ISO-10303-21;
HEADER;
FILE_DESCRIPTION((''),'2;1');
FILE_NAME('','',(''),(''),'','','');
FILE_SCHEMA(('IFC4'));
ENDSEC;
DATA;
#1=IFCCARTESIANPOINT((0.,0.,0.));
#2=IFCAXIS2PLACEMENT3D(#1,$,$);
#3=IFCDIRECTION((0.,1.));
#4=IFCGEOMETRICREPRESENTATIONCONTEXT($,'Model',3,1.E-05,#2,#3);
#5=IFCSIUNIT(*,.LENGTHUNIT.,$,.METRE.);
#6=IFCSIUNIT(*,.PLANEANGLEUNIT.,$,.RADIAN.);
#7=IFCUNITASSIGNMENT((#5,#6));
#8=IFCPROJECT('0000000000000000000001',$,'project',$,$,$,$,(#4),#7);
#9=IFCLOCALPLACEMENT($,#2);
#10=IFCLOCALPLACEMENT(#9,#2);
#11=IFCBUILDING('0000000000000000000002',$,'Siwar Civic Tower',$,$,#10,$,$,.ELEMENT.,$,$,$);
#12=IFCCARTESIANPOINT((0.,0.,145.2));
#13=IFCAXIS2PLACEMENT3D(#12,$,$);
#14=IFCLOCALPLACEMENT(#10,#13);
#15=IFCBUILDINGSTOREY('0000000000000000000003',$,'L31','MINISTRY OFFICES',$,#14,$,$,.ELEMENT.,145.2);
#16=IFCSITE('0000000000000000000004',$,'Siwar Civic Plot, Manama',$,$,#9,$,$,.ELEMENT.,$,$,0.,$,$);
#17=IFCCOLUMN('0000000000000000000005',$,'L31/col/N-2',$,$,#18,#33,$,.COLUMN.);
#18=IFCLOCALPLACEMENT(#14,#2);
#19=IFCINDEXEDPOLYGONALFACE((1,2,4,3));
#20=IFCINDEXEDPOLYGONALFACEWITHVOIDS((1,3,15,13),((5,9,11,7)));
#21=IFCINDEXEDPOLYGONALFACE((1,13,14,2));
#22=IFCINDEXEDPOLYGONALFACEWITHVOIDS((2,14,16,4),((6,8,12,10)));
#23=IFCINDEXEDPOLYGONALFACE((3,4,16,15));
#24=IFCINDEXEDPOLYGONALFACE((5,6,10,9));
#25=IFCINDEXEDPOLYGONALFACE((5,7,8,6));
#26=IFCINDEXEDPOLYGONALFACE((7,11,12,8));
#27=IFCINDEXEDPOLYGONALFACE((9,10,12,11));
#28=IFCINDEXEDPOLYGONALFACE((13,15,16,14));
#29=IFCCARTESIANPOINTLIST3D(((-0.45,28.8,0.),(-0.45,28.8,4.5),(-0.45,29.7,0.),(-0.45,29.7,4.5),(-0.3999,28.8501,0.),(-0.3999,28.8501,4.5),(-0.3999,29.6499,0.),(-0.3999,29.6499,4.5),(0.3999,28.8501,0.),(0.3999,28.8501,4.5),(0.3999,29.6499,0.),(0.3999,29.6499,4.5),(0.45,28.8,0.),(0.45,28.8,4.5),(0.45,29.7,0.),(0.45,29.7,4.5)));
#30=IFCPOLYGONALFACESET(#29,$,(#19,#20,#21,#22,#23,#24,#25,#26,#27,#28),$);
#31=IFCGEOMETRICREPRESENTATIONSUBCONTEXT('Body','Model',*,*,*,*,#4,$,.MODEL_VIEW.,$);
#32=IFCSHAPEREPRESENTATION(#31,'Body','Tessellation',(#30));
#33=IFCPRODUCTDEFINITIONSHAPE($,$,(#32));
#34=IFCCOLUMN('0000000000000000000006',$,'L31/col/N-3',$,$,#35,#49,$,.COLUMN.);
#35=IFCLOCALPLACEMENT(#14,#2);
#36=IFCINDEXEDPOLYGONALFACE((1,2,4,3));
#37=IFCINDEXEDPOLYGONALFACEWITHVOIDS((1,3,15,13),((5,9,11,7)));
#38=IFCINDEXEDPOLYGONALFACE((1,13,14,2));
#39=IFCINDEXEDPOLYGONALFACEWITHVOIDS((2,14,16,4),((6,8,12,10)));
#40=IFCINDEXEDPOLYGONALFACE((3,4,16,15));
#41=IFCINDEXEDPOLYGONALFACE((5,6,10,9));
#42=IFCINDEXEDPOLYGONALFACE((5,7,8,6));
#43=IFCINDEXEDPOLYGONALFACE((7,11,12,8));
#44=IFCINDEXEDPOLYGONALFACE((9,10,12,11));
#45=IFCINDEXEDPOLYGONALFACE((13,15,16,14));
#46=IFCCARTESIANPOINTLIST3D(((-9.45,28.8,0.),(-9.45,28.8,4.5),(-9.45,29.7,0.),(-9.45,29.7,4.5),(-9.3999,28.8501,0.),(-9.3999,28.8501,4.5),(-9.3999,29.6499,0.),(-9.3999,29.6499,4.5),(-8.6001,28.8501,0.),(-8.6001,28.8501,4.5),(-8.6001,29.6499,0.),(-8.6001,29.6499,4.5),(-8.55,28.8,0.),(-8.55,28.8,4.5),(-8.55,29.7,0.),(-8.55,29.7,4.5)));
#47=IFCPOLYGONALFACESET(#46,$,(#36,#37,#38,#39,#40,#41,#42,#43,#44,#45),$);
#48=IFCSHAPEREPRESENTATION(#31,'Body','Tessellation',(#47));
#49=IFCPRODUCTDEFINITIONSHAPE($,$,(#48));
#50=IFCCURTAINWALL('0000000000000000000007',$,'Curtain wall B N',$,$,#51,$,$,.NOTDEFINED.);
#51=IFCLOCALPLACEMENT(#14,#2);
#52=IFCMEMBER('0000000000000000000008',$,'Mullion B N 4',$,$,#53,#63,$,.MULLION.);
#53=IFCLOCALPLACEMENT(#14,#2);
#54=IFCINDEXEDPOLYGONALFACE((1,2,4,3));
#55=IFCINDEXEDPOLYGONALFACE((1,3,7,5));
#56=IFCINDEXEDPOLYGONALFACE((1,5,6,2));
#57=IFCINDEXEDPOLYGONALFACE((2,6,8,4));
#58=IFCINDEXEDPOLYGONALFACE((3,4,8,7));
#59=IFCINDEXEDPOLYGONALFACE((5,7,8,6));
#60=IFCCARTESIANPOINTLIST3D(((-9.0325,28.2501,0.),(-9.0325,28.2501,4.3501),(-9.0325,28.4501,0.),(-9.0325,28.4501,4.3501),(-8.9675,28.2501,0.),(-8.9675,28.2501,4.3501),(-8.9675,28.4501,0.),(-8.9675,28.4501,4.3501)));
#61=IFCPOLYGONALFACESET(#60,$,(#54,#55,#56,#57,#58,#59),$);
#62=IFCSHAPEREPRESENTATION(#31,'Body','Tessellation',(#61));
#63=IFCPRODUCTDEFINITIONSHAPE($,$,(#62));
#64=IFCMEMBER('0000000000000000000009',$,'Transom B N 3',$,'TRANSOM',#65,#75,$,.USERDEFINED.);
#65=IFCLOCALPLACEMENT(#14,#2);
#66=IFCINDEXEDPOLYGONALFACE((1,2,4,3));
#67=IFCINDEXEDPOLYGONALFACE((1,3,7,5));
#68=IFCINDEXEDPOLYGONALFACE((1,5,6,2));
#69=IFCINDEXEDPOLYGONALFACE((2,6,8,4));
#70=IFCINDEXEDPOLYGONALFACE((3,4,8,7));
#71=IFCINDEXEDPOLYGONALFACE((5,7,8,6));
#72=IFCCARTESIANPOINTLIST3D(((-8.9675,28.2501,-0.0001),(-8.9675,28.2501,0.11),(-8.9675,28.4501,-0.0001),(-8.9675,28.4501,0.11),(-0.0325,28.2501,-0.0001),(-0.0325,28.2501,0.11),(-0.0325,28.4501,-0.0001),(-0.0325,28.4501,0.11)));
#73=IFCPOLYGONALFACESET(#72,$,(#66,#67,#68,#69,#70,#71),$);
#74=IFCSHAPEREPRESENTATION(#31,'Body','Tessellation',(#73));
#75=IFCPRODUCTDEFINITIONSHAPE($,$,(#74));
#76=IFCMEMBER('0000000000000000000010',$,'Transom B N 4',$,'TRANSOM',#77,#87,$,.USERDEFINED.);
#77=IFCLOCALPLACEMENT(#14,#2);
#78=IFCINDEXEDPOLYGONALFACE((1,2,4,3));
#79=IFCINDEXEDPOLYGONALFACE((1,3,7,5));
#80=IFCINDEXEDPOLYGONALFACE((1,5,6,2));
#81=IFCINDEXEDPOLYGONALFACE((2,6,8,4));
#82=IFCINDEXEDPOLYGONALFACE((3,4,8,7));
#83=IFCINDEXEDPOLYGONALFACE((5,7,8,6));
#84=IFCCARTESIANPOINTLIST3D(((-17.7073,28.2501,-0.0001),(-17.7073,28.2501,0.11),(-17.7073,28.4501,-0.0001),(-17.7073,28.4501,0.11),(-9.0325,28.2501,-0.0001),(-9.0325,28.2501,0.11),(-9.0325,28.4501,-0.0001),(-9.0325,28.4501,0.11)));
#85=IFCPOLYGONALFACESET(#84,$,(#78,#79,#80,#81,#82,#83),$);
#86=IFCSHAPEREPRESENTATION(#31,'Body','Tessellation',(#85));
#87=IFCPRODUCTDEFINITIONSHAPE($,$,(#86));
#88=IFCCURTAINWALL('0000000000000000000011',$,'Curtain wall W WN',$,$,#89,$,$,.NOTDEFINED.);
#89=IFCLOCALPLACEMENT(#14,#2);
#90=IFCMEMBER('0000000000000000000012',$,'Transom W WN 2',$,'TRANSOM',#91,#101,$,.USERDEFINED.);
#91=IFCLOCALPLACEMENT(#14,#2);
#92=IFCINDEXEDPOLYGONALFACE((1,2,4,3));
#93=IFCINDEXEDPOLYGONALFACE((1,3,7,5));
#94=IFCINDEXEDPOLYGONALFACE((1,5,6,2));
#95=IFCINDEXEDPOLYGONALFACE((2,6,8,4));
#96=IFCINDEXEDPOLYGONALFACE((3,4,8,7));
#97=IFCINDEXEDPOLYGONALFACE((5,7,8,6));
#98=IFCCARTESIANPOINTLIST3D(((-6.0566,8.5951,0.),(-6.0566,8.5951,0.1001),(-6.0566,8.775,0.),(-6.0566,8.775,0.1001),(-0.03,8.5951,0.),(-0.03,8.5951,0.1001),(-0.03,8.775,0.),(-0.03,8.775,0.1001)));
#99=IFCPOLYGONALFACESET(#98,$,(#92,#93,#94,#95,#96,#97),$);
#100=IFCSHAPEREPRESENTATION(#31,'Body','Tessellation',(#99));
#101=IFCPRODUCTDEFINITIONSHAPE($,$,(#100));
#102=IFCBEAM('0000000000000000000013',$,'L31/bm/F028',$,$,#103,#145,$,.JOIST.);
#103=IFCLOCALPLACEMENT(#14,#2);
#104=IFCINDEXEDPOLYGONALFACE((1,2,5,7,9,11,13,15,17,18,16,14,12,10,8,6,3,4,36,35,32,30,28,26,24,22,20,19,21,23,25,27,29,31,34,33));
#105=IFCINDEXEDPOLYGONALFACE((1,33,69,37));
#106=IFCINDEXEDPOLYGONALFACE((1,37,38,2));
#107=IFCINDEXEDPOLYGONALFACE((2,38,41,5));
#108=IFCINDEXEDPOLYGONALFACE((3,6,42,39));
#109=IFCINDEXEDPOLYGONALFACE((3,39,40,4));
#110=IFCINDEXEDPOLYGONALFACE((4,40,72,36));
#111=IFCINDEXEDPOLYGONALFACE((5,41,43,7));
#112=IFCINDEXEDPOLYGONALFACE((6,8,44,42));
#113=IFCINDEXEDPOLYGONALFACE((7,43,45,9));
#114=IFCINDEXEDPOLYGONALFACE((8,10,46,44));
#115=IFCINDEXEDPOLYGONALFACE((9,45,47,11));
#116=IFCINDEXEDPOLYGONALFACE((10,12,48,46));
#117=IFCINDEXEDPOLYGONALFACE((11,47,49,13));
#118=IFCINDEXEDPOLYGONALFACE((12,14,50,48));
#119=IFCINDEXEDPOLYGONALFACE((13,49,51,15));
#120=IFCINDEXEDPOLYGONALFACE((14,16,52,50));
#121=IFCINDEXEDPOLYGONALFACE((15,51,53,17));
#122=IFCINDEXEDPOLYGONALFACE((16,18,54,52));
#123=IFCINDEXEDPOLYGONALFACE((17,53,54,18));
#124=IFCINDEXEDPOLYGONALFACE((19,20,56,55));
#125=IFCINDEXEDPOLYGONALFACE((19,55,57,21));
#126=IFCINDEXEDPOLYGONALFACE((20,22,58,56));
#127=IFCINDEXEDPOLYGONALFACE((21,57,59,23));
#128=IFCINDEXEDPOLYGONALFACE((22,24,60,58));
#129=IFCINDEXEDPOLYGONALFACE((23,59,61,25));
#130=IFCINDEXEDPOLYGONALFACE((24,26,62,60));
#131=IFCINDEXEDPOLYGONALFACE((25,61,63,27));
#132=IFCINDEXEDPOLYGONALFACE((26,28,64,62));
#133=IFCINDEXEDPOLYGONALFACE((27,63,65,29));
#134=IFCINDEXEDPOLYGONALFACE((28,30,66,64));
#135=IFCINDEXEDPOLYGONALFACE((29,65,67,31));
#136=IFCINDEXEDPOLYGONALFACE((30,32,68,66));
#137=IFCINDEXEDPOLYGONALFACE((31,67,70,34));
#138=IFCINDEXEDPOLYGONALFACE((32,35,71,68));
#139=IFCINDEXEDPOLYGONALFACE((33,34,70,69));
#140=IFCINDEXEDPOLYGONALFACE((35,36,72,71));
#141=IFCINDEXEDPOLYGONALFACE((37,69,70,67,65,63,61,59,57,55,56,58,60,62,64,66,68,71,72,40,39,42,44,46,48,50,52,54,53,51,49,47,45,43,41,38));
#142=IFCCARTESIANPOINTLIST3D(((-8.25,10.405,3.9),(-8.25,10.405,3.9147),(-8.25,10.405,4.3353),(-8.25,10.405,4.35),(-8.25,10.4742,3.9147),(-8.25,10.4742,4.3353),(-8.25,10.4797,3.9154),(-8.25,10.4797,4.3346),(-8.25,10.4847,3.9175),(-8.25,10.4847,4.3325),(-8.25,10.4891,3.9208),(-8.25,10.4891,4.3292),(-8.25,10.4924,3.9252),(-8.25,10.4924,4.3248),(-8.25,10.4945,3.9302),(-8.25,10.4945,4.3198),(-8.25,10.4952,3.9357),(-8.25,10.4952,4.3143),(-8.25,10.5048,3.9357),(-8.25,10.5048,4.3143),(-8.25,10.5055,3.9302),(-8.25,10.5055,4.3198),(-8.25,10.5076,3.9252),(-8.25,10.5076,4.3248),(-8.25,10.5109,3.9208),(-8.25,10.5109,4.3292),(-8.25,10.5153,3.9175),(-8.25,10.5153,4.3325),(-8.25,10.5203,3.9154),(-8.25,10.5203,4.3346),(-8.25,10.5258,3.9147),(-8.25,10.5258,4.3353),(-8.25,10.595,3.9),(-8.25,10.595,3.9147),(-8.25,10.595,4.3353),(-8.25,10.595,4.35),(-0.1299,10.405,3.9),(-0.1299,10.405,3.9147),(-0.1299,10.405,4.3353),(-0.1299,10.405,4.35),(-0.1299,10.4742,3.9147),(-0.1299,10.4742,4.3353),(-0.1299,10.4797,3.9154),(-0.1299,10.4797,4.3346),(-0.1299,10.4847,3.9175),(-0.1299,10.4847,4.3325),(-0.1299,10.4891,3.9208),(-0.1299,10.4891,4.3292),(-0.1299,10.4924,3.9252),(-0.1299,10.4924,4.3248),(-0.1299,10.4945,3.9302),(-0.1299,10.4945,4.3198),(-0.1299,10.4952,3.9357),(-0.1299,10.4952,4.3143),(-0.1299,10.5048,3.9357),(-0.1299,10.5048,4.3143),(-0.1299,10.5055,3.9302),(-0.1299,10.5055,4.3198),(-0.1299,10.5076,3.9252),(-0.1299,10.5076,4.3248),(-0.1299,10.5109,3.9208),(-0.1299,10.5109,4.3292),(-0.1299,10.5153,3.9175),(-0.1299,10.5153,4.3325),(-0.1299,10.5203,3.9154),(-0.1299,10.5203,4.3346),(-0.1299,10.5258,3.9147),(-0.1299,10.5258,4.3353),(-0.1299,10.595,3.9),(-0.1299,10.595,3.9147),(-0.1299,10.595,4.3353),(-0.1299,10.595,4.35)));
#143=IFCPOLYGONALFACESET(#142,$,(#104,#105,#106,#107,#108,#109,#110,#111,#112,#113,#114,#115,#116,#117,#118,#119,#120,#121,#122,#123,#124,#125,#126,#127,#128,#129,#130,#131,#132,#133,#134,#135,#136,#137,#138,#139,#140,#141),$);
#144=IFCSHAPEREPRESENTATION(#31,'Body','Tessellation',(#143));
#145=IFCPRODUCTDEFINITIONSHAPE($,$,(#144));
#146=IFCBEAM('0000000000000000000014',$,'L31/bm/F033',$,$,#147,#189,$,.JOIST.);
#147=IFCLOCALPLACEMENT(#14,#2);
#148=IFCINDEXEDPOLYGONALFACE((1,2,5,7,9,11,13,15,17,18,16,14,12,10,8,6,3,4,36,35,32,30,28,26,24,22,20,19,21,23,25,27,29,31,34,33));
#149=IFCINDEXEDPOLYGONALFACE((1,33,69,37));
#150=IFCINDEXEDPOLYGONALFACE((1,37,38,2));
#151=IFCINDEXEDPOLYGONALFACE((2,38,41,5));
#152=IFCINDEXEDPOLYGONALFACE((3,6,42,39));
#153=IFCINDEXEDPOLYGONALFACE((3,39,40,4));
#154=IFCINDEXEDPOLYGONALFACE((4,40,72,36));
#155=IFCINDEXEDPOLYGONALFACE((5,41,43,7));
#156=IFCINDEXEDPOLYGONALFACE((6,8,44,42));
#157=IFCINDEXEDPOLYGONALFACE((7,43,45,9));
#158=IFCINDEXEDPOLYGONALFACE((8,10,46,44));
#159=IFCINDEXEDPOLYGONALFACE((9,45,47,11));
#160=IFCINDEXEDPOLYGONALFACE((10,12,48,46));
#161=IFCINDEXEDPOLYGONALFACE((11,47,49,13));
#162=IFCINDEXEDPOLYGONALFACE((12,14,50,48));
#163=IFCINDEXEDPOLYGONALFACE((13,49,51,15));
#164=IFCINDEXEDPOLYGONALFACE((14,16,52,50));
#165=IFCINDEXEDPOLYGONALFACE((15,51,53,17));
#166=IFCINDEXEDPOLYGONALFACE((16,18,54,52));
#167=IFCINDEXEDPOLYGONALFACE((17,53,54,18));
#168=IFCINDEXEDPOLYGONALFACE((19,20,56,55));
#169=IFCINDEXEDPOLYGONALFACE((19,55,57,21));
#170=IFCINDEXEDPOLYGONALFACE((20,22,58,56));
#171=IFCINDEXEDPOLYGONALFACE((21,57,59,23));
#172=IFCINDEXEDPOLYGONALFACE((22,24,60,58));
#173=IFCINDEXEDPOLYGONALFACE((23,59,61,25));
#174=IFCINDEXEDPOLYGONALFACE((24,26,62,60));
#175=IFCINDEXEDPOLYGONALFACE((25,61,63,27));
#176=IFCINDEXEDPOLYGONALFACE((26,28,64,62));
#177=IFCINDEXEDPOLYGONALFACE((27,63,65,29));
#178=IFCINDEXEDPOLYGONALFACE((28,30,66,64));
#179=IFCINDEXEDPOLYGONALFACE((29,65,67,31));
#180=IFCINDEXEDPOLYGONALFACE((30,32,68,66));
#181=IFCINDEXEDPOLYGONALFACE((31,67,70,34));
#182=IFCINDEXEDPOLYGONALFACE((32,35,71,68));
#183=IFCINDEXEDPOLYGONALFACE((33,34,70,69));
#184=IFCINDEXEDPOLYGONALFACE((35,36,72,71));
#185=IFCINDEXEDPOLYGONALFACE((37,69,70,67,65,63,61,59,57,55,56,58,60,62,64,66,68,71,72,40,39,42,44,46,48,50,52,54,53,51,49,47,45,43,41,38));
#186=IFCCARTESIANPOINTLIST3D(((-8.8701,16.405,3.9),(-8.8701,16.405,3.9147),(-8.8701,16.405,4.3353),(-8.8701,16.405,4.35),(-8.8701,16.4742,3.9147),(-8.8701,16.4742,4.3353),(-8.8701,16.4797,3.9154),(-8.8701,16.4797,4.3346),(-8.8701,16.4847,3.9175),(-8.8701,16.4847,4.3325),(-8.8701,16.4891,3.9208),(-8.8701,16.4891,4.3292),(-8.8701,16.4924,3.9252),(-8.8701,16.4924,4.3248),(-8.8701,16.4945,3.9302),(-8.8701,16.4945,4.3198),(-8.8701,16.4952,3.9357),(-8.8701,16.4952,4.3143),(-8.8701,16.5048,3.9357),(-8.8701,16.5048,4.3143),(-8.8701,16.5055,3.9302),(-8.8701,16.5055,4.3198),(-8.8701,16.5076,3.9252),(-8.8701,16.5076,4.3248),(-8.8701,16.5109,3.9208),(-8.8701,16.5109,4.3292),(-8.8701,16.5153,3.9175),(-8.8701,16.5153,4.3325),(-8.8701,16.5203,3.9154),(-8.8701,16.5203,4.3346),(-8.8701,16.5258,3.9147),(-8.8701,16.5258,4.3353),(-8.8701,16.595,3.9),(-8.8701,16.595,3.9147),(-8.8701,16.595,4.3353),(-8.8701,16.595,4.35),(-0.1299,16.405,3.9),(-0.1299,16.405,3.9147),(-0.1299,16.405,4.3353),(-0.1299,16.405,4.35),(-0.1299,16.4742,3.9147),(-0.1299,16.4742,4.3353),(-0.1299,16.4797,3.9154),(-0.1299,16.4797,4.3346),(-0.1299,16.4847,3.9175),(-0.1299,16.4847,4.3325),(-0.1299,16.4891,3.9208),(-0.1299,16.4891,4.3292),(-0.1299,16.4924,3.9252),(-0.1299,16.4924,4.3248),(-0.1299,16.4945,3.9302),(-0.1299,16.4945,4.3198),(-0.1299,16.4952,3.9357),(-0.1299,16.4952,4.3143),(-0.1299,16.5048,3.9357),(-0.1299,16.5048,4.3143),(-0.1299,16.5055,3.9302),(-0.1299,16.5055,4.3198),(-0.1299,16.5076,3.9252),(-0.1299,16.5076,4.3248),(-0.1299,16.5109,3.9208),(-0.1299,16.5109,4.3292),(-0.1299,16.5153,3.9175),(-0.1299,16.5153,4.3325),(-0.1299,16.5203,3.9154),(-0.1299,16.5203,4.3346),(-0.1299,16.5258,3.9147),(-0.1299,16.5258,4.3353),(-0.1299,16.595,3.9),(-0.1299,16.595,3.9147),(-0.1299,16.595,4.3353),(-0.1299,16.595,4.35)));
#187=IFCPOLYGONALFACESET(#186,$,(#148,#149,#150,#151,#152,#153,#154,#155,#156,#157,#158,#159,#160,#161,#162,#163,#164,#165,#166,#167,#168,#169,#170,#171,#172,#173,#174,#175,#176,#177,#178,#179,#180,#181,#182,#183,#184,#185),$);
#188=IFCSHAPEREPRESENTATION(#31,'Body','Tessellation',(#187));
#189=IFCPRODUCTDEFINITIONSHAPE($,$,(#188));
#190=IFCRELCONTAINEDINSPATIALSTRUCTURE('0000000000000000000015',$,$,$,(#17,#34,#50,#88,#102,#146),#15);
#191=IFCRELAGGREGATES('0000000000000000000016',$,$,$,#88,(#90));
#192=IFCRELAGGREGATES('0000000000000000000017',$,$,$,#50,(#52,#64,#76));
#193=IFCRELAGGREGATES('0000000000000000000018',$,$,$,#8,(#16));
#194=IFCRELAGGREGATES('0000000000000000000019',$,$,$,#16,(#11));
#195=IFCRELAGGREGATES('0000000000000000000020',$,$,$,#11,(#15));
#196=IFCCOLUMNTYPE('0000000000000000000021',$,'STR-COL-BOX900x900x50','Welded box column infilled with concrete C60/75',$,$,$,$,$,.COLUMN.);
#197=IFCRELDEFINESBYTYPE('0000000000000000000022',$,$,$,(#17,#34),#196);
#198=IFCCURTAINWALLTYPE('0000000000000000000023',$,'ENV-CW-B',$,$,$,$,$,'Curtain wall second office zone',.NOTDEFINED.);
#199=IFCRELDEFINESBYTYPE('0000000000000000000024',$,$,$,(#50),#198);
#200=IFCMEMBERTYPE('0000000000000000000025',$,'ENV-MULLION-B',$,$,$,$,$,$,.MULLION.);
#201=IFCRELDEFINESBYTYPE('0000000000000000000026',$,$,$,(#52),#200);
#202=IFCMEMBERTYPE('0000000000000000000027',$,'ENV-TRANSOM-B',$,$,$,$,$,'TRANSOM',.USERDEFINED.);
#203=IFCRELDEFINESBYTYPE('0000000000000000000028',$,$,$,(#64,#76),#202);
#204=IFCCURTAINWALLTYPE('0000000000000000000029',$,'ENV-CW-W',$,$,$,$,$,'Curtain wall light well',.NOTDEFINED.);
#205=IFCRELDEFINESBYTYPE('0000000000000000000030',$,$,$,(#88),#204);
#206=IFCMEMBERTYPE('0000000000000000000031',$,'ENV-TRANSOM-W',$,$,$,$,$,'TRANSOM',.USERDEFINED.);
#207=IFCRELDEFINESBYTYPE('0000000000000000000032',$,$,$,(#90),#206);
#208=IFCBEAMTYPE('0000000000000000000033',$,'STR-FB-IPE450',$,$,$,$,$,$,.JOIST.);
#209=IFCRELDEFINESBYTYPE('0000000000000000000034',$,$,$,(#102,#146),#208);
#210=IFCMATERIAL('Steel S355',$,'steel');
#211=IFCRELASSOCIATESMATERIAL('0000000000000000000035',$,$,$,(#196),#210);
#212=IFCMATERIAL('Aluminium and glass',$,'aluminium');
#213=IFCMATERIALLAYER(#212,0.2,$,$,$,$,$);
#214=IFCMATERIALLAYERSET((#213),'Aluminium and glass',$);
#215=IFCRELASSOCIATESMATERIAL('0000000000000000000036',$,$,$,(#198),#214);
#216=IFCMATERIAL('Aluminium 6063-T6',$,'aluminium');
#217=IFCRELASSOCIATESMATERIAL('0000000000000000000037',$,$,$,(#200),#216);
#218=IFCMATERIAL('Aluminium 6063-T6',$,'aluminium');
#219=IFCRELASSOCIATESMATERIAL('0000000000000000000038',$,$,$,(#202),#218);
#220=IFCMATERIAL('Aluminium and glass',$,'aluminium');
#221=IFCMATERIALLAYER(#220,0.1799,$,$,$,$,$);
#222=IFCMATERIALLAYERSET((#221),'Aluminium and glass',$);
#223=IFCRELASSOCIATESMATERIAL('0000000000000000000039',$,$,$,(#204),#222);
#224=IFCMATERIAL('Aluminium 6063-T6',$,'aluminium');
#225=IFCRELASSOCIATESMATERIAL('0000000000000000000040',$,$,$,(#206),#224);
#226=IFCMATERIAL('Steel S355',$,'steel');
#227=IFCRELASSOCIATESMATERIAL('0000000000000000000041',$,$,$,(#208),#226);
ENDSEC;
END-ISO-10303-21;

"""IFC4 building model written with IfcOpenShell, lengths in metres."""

from ifc_helpers import new_model, si_unit, direction, frame, origin, origin_2d, place, context, subcontext, project, spatial, rectangle, hollow_rectangle, i_section, extrude, material, layer, layer_set, material_profile, profile_set, type_object, element, aggregate, save


model = new_model("IFC4")

# Units and contexts
model_context = context("Model", 3, precision=1e-05, world=origin(), true_north=direction((0.0, 1.0)))
body_context = subcontext(model_context, "Body", "Model", "MODEL_VIEW")
ifc_project = project(units=[si_unit("LENGTHUNIT", "METRE"), si_unit("PLANEANGLEUNIT", "RADIAN")], contexts=[model_context])

# Site, building, storey
site_placement = place(None, origin())
site = spatial("IfcSite", under=ifc_project, at=site_placement, Name="Siwar Civic Plot, Manama", CompositionType="ELEMENT", RefElevation=0.0)
building_placement = place(site_placement, origin())
building = spatial("IfcBuilding", under=site, at=building_placement, Name="Siwar Civic Tower", CompositionType="ELEMENT")
storey_placement = place(building_placement, frame((0.0, 0.0, 145.2)))
storey = spatial("IfcBuildingStorey", under=building, at=storey_placement, Name="L31", Description="MINISTRY OFFICES", CompositionType="ELEMENT", Elevation=145.2)

# Columns
ifc_material_1 = material(Name="Steel S355", Category="steel")
ifc_material_profile_1 = material_profile(ifc_material_1, hollow_rectangle(XDim=0.8999, YDim=0.8999, WallThickness=0.05, at=origin_2d()), Name="BOX900x900x50")
ifc_profile_set_1 = profile_set([ifc_material_profile_1], Name="Steel S355")
column_type = type_object("IfcColumnType", Name="STR-COL-BOX900x900x50", Description="Welded box column infilled with concrete C60/75", PredefinedType="COLUMN", material=ifc_profile_set_1)
for number, where, z_axis, x_axis, name in (
    (1, (0.0, 29.25, 0.0), (0.0, 0.0, 1.0), (1.0, 0.0, 0.0), "L31/col/N-2"),
    (2, (-9.0, 29.25, 0.0), (0.0, 0.0, 1.0), (1.0, 0.0, 0.0), "L31/col/N-3"),
):
    element("IfcColumn", number, at=place(storey_placement, frame(where, z_axis=z_axis, x_axis=x_axis)), inside=storey, type_object=column_type, Name=name, PredefinedType="COLUMN", context=body_context, shape_type="SweptSolid", body=[
        extrude(hollow_rectangle(XDim=0.8999, YDim=0.8999, WallThickness=0.05, at=origin_2d()), origin(), (0.0, 0.0, 1.0), 4.5),
    ])

# Curtain wall, members
ifc_material_2 = material(Name="Aluminium and glass", Category="aluminium")
ifc_layer_1 = layer(ifc_material_2, 0.2)
ifc_layer_set_1 = layer_set([ifc_layer_1], Name="Aluminium and glass")
curtain_wall_type_1 = type_object("IfcCurtainWallType", Name="ENV-CW-B", ElementType="Curtain wall second office zone", PredefinedType="NOTDEFINED", material=ifc_layer_set_1)
curtain_wall_1_placement = place(storey_placement, origin())
curtain_wall_1 = element("IfcCurtainWall", 3, at=curtain_wall_1_placement, inside=storey, type_object=curtain_wall_type_1, Name="Curtain wall B N", PredefinedType="NOTDEFINED")
ifc_material_3 = material(Name="Aluminium 6063-T6", Category="aluminium")
ifc_material_profile_2 = material_profile(ifc_material_3, rectangle(XDim=0.2, YDim=0.0649, at=origin_2d()), Name="AL 200x65")
ifc_profile_set_2 = profile_set([ifc_material_profile_2], Name="Aluminium 6063-T6")
member_type_1 = type_object("IfcMemberType", Name="ENV-MULLION-B", PredefinedType="MULLION", material=ifc_profile_set_2)
member_1_placement = place(storey_placement, frame((-9.0, 28.3501, 0.0), z_axis=(0.0, 0.0, 1.0), x_axis=(0.0, -1.0, 0.0)))
member_1 = element("IfcMember", 4, at=member_1_placement, type_object=member_type_1, Name="Mullion B N 4", PredefinedType="MULLION", context=body_context, shape_type="SweptSolid", body=[
    extrude(rectangle(XDim=0.2, YDim=0.0649, at=origin_2d()), origin(), (0.0, 0.0, 1.0), 4.3501),
])
ifc_material_4 = material(Name="Aluminium 6063-T6", Category="aluminium")
ifc_material_profile_3 = material_profile(ifc_material_4, rectangle(XDim=0.2, YDim=0.1101, at=origin_2d()), Name="AL 200x110")
ifc_profile_set_3 = profile_set([ifc_material_profile_3], Name="Aluminium 6063-T6")
member_type_2 = type_object("IfcMemberType", Name="ENV-TRANSOM-B", ElementType="TRANSOM", PredefinedType="USERDEFINED", material=ifc_profile_set_3)
member_2_placement = place(storey_placement, frame((-0.0325, 28.3501, 0.0549), z_axis=(-1.0, 0.0, 0.0), x_axis=(0.0, -1.0, 0.0)))
member_2 = element("IfcMember", 5, at=member_2_placement, type_object=member_type_2, Name="Transom B N 3", ObjectType="TRANSOM", PredefinedType="USERDEFINED", context=body_context, shape_type="SweptSolid", body=[
    extrude(rectangle(XDim=0.2, YDim=0.1101, at=origin_2d()), origin(), (0.0, 0.0, 1.0), 8.9351),
])
member_3_placement = place(storey_placement, frame((-9.0325, 28.3501, 0.0549), z_axis=(-1.0, 0.0, 0.0), x_axis=(0.0, -1.0, 0.0)))
member_3 = element("IfcMember", 6, at=member_3_placement, type_object=member_type_2, Name="Transom B N 4", ObjectType="TRANSOM", PredefinedType="USERDEFINED", context=body_context, shape_type="SweptSolid", body=[
    extrude(rectangle(XDim=0.2, YDim=0.1101, at=origin_2d()), origin(), (0.0, 0.0, 1.0), 8.6748),
])

# Curtain wall, member
ifc_material_5 = material(Name="Aluminium and glass", Category="aluminium")
ifc_layer_2 = layer(ifc_material_5, 0.1799)
ifc_layer_set_2 = layer_set([ifc_layer_2], Name="Aluminium and glass")
curtain_wall_type_2 = type_object("IfcCurtainWallType", Name="ENV-CW-W", ElementType="Curtain wall light well", PredefinedType="NOTDEFINED", material=ifc_layer_set_2)
curtain_wall_2_placement = place(storey_placement, origin())
curtain_wall_2 = element("IfcCurtainWall", 7, at=curtain_wall_2_placement, inside=storey, type_object=curtain_wall_type_2, Name="Curtain wall W WN", PredefinedType="NOTDEFINED")
ifc_material_6 = material(Name="Aluminium 6063-T6", Category="aluminium")
ifc_material_profile_4 = material_profile(ifc_material_6, rectangle(XDim=0.1799, YDim=0.1001, at=origin_2d()), Name="AL 180x100")
ifc_profile_set_4 = profile_set([ifc_material_profile_4], Name="Aluminium 6063-T6")
member_type_3 = type_object("IfcMemberType", Name="ENV-TRANSOM-W", ElementType="TRANSOM", PredefinedType="USERDEFINED", material=ifc_profile_set_4)
member_4_placement = place(storey_placement, frame((-0.03, 8.6851, 0.05), z_axis=(-1.0, 0.0, 0.0), x_axis=(0.0, -1.0, 0.0)))
member_4 = element("IfcMember", 8, at=member_4_placement, type_object=member_type_3, Name="Transom W WN 2", ObjectType="TRANSOM", PredefinedType="USERDEFINED", context=body_context, shape_type="SweptSolid", body=[
    extrude(rectangle(XDim=0.1799, YDim=0.1001, at=origin_2d()), origin(), (0.0, 0.0, 1.0), 6.0266),
])
aggregate(curtain_wall_2, [member_4])

# Beams
ifc_material_7 = material(Name="Steel S355", Category="steel")
ifc_material_profile_5 = material_profile(ifc_material_7, i_section(OverallWidth=0.1899, OverallDepth=0.45, WebThickness=0.0095, FlangeThickness=0.0146, FilletRadius=0.021, at=origin_2d()), Name="IPE450")
ifc_profile_set_5 = profile_set([ifc_material_profile_5], Name="Steel S355")
beam_type_1 = type_object("IfcBeamType", Name="STR-FB-IPE450", PredefinedType="JOIST", material=ifc_profile_set_5)
beam_1_placement = place(storey_placement, frame((-8.25, 10.5, 4.125), z_axis=(1.0, 0.0, 0.0), x_axis=(0.0, 1.0, 0.0)))
element("IfcBeam", 9, at=beam_1_placement, inside=storey, type_object=beam_type_1, Name="L31/bm/F028", PredefinedType="JOIST", context=body_context, shape_type="SweptSolid", body=[
    extrude(i_section(OverallWidth=0.1899, OverallDepth=0.45, WebThickness=0.0095, FlangeThickness=0.0146, FilletRadius=0.021, at=origin_2d()), origin(), (0.0, 0.0, 1.0), 8.1201),
])
for number, where, z_axis, x_axis, name in (
    (10, (-8.8701, 16.5, 4.125), (1.0, 0.0, 0.0), (0.0, 1.0, 0.0), "L31/bm/F033"),
):
    element("IfcBeam", number, at=place(storey_placement, frame(where, z_axis=z_axis, x_axis=x_axis)), inside=storey, type_object=beam_type_1, Name=name, PredefinedType="JOIST", context=body_context, shape_type="SweptSolid", body=[
        extrude(i_section(OverallWidth=0.1899, OverallDepth=0.45, WebThickness=0.0095, FlangeThickness=0.0146, FilletRadius=0.021, at=origin_2d()), origin(), (0.0, 0.0, 1.0), 8.7402),
    ])

aggregate(curtain_wall_1, [member_1, member_2, member_3])

save(model, "model.ifc")
